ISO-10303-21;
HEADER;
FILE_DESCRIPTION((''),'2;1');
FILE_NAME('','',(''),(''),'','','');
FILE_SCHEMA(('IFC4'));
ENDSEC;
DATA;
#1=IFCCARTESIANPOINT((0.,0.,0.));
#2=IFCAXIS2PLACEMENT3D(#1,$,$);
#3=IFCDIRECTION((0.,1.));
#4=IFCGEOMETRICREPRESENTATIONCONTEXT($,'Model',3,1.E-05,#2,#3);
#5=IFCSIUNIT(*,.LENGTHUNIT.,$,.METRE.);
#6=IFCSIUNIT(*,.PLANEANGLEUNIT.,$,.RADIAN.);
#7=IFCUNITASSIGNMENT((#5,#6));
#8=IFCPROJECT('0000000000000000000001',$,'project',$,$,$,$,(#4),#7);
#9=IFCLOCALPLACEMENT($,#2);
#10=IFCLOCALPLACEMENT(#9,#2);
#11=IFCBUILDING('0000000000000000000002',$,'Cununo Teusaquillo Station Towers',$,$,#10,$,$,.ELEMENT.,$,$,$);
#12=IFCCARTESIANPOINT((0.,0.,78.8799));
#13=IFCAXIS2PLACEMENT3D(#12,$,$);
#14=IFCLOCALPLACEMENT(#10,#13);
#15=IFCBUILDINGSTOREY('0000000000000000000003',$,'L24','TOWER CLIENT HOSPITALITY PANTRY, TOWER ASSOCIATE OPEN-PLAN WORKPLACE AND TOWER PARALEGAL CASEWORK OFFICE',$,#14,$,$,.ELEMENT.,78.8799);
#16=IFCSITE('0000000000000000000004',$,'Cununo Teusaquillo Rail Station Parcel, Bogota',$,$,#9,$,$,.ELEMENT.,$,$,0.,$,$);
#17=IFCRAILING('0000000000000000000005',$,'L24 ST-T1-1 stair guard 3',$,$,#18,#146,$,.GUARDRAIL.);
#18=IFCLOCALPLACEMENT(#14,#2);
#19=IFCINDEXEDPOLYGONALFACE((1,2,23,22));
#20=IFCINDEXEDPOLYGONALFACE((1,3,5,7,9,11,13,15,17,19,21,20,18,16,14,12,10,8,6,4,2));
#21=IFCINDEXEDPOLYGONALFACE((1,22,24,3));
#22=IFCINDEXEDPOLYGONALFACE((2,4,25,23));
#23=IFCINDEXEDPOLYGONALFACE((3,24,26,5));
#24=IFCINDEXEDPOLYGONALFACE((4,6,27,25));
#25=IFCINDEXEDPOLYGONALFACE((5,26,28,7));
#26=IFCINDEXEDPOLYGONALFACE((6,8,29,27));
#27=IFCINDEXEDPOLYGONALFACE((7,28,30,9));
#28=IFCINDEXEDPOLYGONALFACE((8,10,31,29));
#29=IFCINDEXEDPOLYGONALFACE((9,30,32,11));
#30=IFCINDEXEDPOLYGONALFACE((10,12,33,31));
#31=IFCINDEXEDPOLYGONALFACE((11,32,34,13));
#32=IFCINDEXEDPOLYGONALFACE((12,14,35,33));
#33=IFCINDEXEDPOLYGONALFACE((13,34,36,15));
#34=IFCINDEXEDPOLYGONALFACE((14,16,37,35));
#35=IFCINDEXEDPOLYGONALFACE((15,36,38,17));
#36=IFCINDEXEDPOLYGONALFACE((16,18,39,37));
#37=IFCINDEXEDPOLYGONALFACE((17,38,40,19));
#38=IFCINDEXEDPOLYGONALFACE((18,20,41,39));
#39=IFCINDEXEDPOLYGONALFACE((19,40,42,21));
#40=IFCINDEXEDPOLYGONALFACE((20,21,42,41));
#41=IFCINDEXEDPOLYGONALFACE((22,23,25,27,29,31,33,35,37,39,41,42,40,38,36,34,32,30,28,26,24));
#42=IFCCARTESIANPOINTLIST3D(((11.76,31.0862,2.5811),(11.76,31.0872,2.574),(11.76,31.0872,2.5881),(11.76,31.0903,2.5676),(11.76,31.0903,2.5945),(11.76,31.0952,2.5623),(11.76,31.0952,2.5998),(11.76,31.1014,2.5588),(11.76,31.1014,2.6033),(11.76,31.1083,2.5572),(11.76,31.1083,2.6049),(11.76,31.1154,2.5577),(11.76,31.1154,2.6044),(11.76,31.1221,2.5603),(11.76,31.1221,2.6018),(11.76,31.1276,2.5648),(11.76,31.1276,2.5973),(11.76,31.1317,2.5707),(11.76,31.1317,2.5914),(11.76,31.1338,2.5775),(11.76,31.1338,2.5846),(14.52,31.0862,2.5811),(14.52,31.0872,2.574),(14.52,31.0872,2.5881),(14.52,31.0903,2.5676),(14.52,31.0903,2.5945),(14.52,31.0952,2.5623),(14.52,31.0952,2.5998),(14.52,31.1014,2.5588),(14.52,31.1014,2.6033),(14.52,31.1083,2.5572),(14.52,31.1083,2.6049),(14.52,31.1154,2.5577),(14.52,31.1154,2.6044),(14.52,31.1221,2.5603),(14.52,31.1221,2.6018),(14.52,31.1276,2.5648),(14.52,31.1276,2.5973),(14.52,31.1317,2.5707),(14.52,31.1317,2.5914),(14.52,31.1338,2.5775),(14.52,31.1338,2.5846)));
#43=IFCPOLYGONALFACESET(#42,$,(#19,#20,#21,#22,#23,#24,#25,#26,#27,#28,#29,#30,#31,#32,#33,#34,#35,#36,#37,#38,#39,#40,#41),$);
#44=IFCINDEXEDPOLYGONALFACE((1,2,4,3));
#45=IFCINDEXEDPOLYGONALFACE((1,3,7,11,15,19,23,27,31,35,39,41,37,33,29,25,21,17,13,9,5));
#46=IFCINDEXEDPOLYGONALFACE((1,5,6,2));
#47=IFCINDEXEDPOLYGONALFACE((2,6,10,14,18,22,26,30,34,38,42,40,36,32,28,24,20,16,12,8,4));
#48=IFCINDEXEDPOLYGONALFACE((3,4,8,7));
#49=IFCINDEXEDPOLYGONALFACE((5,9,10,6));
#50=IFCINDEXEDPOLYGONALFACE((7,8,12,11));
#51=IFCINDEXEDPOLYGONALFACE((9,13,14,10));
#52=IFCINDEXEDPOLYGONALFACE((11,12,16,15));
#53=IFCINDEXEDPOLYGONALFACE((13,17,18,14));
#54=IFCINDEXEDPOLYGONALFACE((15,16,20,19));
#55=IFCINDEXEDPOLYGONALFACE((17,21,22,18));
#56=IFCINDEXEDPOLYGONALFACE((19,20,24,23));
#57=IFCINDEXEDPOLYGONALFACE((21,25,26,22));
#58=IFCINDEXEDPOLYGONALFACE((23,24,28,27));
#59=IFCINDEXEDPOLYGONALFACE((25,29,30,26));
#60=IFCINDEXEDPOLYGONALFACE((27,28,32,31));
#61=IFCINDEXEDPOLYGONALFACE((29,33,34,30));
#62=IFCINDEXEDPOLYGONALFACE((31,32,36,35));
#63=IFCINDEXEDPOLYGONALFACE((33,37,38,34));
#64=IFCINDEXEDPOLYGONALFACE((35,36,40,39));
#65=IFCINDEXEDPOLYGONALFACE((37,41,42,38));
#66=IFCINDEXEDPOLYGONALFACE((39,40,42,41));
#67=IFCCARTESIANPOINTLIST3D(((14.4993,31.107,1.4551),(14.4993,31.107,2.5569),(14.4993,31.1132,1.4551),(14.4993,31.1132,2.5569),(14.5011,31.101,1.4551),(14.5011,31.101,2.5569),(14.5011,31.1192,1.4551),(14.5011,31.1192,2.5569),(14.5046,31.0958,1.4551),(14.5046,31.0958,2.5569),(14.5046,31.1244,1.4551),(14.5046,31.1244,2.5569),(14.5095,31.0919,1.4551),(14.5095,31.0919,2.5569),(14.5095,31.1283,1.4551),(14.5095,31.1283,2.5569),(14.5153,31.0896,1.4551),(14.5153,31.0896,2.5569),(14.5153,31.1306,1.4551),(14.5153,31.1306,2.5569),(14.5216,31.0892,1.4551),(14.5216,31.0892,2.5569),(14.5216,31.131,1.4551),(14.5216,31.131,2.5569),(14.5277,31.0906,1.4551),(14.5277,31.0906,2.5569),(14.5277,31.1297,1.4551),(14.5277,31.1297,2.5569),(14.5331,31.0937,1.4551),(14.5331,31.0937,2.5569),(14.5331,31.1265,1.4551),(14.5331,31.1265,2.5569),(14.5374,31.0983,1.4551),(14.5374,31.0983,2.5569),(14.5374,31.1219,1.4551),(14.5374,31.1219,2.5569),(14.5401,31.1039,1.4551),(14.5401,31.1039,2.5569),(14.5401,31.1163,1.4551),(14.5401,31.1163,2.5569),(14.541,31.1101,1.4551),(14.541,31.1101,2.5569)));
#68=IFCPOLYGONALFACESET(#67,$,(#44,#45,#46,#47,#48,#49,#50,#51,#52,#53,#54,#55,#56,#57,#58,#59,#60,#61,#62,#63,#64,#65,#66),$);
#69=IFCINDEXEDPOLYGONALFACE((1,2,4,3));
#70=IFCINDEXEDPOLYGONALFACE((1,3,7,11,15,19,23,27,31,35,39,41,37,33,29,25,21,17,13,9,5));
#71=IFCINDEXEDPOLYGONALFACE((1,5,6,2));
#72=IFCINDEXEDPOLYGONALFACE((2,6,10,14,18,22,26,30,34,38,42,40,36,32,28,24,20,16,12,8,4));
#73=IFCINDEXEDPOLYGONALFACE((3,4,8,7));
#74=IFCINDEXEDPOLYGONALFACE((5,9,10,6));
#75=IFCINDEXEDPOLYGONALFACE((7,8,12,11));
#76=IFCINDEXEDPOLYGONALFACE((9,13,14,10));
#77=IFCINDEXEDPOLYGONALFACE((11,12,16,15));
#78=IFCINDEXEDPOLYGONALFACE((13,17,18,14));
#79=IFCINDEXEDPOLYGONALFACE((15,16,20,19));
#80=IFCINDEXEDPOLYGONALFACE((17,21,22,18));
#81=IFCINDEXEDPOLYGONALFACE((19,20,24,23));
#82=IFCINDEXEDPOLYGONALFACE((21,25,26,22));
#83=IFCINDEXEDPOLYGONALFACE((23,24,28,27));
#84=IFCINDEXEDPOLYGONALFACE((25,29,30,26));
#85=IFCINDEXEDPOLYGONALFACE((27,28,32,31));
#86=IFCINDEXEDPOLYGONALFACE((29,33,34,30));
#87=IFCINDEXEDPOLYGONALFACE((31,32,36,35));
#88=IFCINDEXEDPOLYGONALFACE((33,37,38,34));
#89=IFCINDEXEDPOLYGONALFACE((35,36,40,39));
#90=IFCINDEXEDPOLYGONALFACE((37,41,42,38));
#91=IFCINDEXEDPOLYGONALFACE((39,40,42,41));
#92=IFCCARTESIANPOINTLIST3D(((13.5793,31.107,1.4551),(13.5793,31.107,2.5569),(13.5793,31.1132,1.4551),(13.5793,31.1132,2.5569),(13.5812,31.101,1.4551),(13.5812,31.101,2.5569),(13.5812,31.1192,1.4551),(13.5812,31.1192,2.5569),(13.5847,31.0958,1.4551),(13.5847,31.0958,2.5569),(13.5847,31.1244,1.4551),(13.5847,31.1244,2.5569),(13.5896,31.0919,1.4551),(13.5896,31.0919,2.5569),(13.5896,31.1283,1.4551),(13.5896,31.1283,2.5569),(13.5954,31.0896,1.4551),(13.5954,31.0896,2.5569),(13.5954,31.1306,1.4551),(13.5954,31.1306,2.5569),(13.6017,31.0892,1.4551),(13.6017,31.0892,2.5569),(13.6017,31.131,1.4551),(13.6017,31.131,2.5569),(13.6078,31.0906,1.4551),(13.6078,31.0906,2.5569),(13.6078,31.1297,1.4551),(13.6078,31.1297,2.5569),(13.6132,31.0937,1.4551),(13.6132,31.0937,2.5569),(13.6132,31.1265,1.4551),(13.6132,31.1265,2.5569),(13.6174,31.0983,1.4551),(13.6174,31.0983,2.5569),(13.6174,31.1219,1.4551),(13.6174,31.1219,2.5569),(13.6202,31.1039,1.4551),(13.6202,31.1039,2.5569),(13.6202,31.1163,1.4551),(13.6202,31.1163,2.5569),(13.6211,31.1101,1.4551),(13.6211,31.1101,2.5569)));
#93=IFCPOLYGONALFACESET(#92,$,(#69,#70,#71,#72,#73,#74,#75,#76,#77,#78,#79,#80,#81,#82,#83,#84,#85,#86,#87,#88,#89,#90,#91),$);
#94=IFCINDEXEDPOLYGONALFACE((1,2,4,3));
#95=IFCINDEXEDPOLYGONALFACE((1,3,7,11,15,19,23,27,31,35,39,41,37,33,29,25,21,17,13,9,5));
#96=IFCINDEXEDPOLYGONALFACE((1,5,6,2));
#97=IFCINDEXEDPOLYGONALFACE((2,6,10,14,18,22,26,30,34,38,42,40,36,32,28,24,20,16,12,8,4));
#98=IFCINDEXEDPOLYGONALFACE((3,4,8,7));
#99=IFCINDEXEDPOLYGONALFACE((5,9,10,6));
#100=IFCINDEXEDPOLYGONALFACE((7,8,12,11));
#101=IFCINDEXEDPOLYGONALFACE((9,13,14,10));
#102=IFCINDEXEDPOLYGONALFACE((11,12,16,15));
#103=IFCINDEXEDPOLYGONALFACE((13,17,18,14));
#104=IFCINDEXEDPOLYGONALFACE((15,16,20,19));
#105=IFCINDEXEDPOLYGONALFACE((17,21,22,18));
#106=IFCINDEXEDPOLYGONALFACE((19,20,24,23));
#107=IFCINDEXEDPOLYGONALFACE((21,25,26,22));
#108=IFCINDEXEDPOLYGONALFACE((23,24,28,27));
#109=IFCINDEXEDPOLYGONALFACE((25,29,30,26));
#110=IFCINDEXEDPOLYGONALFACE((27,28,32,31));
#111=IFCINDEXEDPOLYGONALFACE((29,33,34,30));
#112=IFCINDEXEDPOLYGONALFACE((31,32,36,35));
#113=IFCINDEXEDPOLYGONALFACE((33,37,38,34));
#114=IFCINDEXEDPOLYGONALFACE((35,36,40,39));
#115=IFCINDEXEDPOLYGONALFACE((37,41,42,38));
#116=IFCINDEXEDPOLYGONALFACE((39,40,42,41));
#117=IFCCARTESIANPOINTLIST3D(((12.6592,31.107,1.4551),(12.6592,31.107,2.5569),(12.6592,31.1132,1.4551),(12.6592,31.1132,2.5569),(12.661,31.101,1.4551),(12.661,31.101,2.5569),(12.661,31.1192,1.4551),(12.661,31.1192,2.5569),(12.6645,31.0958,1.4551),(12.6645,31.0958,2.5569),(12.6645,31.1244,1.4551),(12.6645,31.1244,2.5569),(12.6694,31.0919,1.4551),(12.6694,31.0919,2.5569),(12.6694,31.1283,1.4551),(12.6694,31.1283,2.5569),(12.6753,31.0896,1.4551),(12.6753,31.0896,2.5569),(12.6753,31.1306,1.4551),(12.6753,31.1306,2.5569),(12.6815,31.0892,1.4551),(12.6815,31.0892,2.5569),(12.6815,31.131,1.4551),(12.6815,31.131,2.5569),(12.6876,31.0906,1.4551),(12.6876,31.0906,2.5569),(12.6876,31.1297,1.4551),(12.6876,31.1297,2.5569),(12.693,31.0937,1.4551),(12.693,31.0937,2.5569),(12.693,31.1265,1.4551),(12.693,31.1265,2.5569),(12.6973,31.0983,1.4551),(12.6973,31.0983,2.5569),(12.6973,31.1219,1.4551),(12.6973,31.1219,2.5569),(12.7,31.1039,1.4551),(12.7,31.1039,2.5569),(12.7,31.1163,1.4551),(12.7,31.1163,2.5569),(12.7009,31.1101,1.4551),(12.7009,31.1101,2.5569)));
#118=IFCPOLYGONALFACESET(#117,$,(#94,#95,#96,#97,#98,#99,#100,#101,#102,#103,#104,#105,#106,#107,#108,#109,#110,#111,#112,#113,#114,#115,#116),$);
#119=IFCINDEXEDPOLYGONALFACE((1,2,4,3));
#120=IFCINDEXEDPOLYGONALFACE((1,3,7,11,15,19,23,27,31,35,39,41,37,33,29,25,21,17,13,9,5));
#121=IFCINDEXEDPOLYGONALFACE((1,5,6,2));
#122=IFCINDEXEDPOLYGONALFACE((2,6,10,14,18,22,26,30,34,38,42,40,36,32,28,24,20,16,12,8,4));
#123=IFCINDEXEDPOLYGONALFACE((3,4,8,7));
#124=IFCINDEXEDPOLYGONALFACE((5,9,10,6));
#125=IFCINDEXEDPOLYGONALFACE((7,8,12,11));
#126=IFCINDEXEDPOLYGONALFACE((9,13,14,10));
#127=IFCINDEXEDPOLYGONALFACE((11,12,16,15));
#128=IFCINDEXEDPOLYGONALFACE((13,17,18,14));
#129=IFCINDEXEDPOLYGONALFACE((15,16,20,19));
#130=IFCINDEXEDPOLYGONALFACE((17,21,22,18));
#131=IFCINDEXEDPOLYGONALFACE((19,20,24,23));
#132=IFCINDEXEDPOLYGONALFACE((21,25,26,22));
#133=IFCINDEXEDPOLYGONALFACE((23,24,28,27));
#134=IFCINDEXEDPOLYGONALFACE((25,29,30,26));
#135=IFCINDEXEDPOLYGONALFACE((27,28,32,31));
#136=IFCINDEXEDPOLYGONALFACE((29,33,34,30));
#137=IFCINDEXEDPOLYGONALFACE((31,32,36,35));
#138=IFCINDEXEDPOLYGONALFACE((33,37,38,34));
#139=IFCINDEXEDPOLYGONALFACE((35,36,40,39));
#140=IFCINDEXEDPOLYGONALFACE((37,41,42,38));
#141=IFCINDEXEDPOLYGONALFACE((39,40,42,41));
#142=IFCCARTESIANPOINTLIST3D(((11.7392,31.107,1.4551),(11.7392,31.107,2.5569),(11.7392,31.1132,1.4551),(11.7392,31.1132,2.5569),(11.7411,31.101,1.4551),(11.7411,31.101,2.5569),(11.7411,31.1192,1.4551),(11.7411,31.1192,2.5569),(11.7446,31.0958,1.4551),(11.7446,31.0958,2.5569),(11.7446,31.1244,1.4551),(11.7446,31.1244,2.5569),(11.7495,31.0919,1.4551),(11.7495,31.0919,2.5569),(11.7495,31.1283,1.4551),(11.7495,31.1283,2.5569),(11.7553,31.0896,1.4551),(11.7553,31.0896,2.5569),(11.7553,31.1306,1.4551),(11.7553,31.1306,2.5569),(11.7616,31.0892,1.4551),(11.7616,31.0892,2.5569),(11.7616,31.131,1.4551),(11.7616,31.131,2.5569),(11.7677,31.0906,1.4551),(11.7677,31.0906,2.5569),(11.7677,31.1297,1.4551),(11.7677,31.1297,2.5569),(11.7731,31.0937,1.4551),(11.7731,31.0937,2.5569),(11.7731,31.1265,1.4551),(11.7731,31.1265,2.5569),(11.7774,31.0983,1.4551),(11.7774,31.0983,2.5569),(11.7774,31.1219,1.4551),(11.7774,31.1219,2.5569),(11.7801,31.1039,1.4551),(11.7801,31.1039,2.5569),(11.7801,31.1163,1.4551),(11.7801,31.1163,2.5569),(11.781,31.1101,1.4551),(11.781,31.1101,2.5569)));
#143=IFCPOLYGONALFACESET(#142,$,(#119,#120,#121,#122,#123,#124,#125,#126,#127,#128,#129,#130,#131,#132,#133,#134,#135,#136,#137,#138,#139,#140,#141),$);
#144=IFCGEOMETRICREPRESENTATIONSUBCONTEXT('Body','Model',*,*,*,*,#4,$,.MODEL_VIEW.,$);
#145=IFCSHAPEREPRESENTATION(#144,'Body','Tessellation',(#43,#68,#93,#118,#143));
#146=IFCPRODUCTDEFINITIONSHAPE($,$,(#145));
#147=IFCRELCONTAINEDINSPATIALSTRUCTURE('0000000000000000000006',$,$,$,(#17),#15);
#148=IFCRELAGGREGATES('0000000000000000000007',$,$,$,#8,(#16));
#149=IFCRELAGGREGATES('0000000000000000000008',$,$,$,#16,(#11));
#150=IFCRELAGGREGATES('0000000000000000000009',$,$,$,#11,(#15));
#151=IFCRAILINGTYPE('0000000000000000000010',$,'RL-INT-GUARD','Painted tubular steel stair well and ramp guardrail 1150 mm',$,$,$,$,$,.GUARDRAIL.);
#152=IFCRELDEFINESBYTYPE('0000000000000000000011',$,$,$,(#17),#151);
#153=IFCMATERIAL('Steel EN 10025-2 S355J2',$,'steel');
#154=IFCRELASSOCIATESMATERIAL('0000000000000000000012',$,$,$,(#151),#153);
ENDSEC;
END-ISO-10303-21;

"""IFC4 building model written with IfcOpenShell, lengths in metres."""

from ifc_helpers import new_model, si_unit, direction, frame, origin, origin_2d, place, context, subcontext, project, spatial, circle, extrude, material, type_object, element, save


model = new_model("IFC4")

# Units and contexts
model_context = context("Model", 3, precision=1e-05, world=origin(), true_north=direction((0.0, 1.0)))
body_context = subcontext(model_context, "Body", "Model", "MODEL_VIEW")
ifc_project = project(units=[si_unit("LENGTHUNIT", "METRE"), si_unit("PLANEANGLEUNIT", "RADIAN")], contexts=[model_context])

# Site, building, storey
site_placement = place(None, origin())
site = spatial("IfcSite", under=ifc_project, at=site_placement, Name="Cununo Teusaquillo Rail Station Parcel, Bogota", CompositionType="ELEMENT", RefElevation=0.0)
building_placement = place(site_placement, origin())
building = spatial("IfcBuilding", under=site, at=building_placement, Name="Cununo Teusaquillo Station Towers", CompositionType="ELEMENT")
storey_placement = place(building_placement, frame((0.0, 0.0, 78.8799)))
storey = spatial("IfcBuildingStorey", under=building, at=storey_placement, Name="L24", Description="TOWER CLIENT HOSPITALITY PANTRY, TOWER ASSOCIATE OPEN-PLAN WORKPLACE AND TOWER PARALEGAL CASEWORK OFFICE", CompositionType="ELEMENT", Elevation=78.8799)

# Railing
ifc_material_1 = material(Name="Steel EN 10025-2 S355J2", Category="steel")
railing_type_1 = type_object("IfcRailingType", Name="RL-INT-GUARD", Description="Painted tubular steel stair well and ramp guardrail 1150 mm", PredefinedType="GUARDRAIL", material=ifc_material_1)
railing_1_placement = place(storey_placement, frame((14.52, 31.1101, 1.4551)))
element("IfcRailing", 1, at=railing_1_placement, inside=storey, type_object=railing_type_1, Name="L24 ST-T1-1 stair guard 3", PredefinedType="GUARDRAIL", context=body_context, shape_type="SweptSolid", body=[
    extrude(circle(Radius=0.0239, at=origin_2d()), frame((0.0, 0.0, 1.126), z_axis=(-1.0, 0.0, 0.0), x_axis=(0.0, -1.0, 0.0)), (0.0, 0.0, 1.0), 2.76),
    extrude(circle(Radius=0.021, at=origin_2d()), origin(), (0.0, 0.0, 1.0), 1.1018),
    extrude(circle(Radius=0.021, at=origin_2d()), frame((-0.9199, 0.0, 0.0)), (0.0, 0.0, 1.0), 1.1018),
    extrude(circle(Radius=0.021, at=origin_2d()), frame((-1.8401, 0.0, 0.0)), (0.0, 0.0, 1.0), 1.1018),
    extrude(circle(Radius=0.021, at=origin_2d()), frame((-2.76, 0.0, 0.0)), (0.0, 0.0, 1.0), 1.1018),
])

save(model, "model.ifc")
